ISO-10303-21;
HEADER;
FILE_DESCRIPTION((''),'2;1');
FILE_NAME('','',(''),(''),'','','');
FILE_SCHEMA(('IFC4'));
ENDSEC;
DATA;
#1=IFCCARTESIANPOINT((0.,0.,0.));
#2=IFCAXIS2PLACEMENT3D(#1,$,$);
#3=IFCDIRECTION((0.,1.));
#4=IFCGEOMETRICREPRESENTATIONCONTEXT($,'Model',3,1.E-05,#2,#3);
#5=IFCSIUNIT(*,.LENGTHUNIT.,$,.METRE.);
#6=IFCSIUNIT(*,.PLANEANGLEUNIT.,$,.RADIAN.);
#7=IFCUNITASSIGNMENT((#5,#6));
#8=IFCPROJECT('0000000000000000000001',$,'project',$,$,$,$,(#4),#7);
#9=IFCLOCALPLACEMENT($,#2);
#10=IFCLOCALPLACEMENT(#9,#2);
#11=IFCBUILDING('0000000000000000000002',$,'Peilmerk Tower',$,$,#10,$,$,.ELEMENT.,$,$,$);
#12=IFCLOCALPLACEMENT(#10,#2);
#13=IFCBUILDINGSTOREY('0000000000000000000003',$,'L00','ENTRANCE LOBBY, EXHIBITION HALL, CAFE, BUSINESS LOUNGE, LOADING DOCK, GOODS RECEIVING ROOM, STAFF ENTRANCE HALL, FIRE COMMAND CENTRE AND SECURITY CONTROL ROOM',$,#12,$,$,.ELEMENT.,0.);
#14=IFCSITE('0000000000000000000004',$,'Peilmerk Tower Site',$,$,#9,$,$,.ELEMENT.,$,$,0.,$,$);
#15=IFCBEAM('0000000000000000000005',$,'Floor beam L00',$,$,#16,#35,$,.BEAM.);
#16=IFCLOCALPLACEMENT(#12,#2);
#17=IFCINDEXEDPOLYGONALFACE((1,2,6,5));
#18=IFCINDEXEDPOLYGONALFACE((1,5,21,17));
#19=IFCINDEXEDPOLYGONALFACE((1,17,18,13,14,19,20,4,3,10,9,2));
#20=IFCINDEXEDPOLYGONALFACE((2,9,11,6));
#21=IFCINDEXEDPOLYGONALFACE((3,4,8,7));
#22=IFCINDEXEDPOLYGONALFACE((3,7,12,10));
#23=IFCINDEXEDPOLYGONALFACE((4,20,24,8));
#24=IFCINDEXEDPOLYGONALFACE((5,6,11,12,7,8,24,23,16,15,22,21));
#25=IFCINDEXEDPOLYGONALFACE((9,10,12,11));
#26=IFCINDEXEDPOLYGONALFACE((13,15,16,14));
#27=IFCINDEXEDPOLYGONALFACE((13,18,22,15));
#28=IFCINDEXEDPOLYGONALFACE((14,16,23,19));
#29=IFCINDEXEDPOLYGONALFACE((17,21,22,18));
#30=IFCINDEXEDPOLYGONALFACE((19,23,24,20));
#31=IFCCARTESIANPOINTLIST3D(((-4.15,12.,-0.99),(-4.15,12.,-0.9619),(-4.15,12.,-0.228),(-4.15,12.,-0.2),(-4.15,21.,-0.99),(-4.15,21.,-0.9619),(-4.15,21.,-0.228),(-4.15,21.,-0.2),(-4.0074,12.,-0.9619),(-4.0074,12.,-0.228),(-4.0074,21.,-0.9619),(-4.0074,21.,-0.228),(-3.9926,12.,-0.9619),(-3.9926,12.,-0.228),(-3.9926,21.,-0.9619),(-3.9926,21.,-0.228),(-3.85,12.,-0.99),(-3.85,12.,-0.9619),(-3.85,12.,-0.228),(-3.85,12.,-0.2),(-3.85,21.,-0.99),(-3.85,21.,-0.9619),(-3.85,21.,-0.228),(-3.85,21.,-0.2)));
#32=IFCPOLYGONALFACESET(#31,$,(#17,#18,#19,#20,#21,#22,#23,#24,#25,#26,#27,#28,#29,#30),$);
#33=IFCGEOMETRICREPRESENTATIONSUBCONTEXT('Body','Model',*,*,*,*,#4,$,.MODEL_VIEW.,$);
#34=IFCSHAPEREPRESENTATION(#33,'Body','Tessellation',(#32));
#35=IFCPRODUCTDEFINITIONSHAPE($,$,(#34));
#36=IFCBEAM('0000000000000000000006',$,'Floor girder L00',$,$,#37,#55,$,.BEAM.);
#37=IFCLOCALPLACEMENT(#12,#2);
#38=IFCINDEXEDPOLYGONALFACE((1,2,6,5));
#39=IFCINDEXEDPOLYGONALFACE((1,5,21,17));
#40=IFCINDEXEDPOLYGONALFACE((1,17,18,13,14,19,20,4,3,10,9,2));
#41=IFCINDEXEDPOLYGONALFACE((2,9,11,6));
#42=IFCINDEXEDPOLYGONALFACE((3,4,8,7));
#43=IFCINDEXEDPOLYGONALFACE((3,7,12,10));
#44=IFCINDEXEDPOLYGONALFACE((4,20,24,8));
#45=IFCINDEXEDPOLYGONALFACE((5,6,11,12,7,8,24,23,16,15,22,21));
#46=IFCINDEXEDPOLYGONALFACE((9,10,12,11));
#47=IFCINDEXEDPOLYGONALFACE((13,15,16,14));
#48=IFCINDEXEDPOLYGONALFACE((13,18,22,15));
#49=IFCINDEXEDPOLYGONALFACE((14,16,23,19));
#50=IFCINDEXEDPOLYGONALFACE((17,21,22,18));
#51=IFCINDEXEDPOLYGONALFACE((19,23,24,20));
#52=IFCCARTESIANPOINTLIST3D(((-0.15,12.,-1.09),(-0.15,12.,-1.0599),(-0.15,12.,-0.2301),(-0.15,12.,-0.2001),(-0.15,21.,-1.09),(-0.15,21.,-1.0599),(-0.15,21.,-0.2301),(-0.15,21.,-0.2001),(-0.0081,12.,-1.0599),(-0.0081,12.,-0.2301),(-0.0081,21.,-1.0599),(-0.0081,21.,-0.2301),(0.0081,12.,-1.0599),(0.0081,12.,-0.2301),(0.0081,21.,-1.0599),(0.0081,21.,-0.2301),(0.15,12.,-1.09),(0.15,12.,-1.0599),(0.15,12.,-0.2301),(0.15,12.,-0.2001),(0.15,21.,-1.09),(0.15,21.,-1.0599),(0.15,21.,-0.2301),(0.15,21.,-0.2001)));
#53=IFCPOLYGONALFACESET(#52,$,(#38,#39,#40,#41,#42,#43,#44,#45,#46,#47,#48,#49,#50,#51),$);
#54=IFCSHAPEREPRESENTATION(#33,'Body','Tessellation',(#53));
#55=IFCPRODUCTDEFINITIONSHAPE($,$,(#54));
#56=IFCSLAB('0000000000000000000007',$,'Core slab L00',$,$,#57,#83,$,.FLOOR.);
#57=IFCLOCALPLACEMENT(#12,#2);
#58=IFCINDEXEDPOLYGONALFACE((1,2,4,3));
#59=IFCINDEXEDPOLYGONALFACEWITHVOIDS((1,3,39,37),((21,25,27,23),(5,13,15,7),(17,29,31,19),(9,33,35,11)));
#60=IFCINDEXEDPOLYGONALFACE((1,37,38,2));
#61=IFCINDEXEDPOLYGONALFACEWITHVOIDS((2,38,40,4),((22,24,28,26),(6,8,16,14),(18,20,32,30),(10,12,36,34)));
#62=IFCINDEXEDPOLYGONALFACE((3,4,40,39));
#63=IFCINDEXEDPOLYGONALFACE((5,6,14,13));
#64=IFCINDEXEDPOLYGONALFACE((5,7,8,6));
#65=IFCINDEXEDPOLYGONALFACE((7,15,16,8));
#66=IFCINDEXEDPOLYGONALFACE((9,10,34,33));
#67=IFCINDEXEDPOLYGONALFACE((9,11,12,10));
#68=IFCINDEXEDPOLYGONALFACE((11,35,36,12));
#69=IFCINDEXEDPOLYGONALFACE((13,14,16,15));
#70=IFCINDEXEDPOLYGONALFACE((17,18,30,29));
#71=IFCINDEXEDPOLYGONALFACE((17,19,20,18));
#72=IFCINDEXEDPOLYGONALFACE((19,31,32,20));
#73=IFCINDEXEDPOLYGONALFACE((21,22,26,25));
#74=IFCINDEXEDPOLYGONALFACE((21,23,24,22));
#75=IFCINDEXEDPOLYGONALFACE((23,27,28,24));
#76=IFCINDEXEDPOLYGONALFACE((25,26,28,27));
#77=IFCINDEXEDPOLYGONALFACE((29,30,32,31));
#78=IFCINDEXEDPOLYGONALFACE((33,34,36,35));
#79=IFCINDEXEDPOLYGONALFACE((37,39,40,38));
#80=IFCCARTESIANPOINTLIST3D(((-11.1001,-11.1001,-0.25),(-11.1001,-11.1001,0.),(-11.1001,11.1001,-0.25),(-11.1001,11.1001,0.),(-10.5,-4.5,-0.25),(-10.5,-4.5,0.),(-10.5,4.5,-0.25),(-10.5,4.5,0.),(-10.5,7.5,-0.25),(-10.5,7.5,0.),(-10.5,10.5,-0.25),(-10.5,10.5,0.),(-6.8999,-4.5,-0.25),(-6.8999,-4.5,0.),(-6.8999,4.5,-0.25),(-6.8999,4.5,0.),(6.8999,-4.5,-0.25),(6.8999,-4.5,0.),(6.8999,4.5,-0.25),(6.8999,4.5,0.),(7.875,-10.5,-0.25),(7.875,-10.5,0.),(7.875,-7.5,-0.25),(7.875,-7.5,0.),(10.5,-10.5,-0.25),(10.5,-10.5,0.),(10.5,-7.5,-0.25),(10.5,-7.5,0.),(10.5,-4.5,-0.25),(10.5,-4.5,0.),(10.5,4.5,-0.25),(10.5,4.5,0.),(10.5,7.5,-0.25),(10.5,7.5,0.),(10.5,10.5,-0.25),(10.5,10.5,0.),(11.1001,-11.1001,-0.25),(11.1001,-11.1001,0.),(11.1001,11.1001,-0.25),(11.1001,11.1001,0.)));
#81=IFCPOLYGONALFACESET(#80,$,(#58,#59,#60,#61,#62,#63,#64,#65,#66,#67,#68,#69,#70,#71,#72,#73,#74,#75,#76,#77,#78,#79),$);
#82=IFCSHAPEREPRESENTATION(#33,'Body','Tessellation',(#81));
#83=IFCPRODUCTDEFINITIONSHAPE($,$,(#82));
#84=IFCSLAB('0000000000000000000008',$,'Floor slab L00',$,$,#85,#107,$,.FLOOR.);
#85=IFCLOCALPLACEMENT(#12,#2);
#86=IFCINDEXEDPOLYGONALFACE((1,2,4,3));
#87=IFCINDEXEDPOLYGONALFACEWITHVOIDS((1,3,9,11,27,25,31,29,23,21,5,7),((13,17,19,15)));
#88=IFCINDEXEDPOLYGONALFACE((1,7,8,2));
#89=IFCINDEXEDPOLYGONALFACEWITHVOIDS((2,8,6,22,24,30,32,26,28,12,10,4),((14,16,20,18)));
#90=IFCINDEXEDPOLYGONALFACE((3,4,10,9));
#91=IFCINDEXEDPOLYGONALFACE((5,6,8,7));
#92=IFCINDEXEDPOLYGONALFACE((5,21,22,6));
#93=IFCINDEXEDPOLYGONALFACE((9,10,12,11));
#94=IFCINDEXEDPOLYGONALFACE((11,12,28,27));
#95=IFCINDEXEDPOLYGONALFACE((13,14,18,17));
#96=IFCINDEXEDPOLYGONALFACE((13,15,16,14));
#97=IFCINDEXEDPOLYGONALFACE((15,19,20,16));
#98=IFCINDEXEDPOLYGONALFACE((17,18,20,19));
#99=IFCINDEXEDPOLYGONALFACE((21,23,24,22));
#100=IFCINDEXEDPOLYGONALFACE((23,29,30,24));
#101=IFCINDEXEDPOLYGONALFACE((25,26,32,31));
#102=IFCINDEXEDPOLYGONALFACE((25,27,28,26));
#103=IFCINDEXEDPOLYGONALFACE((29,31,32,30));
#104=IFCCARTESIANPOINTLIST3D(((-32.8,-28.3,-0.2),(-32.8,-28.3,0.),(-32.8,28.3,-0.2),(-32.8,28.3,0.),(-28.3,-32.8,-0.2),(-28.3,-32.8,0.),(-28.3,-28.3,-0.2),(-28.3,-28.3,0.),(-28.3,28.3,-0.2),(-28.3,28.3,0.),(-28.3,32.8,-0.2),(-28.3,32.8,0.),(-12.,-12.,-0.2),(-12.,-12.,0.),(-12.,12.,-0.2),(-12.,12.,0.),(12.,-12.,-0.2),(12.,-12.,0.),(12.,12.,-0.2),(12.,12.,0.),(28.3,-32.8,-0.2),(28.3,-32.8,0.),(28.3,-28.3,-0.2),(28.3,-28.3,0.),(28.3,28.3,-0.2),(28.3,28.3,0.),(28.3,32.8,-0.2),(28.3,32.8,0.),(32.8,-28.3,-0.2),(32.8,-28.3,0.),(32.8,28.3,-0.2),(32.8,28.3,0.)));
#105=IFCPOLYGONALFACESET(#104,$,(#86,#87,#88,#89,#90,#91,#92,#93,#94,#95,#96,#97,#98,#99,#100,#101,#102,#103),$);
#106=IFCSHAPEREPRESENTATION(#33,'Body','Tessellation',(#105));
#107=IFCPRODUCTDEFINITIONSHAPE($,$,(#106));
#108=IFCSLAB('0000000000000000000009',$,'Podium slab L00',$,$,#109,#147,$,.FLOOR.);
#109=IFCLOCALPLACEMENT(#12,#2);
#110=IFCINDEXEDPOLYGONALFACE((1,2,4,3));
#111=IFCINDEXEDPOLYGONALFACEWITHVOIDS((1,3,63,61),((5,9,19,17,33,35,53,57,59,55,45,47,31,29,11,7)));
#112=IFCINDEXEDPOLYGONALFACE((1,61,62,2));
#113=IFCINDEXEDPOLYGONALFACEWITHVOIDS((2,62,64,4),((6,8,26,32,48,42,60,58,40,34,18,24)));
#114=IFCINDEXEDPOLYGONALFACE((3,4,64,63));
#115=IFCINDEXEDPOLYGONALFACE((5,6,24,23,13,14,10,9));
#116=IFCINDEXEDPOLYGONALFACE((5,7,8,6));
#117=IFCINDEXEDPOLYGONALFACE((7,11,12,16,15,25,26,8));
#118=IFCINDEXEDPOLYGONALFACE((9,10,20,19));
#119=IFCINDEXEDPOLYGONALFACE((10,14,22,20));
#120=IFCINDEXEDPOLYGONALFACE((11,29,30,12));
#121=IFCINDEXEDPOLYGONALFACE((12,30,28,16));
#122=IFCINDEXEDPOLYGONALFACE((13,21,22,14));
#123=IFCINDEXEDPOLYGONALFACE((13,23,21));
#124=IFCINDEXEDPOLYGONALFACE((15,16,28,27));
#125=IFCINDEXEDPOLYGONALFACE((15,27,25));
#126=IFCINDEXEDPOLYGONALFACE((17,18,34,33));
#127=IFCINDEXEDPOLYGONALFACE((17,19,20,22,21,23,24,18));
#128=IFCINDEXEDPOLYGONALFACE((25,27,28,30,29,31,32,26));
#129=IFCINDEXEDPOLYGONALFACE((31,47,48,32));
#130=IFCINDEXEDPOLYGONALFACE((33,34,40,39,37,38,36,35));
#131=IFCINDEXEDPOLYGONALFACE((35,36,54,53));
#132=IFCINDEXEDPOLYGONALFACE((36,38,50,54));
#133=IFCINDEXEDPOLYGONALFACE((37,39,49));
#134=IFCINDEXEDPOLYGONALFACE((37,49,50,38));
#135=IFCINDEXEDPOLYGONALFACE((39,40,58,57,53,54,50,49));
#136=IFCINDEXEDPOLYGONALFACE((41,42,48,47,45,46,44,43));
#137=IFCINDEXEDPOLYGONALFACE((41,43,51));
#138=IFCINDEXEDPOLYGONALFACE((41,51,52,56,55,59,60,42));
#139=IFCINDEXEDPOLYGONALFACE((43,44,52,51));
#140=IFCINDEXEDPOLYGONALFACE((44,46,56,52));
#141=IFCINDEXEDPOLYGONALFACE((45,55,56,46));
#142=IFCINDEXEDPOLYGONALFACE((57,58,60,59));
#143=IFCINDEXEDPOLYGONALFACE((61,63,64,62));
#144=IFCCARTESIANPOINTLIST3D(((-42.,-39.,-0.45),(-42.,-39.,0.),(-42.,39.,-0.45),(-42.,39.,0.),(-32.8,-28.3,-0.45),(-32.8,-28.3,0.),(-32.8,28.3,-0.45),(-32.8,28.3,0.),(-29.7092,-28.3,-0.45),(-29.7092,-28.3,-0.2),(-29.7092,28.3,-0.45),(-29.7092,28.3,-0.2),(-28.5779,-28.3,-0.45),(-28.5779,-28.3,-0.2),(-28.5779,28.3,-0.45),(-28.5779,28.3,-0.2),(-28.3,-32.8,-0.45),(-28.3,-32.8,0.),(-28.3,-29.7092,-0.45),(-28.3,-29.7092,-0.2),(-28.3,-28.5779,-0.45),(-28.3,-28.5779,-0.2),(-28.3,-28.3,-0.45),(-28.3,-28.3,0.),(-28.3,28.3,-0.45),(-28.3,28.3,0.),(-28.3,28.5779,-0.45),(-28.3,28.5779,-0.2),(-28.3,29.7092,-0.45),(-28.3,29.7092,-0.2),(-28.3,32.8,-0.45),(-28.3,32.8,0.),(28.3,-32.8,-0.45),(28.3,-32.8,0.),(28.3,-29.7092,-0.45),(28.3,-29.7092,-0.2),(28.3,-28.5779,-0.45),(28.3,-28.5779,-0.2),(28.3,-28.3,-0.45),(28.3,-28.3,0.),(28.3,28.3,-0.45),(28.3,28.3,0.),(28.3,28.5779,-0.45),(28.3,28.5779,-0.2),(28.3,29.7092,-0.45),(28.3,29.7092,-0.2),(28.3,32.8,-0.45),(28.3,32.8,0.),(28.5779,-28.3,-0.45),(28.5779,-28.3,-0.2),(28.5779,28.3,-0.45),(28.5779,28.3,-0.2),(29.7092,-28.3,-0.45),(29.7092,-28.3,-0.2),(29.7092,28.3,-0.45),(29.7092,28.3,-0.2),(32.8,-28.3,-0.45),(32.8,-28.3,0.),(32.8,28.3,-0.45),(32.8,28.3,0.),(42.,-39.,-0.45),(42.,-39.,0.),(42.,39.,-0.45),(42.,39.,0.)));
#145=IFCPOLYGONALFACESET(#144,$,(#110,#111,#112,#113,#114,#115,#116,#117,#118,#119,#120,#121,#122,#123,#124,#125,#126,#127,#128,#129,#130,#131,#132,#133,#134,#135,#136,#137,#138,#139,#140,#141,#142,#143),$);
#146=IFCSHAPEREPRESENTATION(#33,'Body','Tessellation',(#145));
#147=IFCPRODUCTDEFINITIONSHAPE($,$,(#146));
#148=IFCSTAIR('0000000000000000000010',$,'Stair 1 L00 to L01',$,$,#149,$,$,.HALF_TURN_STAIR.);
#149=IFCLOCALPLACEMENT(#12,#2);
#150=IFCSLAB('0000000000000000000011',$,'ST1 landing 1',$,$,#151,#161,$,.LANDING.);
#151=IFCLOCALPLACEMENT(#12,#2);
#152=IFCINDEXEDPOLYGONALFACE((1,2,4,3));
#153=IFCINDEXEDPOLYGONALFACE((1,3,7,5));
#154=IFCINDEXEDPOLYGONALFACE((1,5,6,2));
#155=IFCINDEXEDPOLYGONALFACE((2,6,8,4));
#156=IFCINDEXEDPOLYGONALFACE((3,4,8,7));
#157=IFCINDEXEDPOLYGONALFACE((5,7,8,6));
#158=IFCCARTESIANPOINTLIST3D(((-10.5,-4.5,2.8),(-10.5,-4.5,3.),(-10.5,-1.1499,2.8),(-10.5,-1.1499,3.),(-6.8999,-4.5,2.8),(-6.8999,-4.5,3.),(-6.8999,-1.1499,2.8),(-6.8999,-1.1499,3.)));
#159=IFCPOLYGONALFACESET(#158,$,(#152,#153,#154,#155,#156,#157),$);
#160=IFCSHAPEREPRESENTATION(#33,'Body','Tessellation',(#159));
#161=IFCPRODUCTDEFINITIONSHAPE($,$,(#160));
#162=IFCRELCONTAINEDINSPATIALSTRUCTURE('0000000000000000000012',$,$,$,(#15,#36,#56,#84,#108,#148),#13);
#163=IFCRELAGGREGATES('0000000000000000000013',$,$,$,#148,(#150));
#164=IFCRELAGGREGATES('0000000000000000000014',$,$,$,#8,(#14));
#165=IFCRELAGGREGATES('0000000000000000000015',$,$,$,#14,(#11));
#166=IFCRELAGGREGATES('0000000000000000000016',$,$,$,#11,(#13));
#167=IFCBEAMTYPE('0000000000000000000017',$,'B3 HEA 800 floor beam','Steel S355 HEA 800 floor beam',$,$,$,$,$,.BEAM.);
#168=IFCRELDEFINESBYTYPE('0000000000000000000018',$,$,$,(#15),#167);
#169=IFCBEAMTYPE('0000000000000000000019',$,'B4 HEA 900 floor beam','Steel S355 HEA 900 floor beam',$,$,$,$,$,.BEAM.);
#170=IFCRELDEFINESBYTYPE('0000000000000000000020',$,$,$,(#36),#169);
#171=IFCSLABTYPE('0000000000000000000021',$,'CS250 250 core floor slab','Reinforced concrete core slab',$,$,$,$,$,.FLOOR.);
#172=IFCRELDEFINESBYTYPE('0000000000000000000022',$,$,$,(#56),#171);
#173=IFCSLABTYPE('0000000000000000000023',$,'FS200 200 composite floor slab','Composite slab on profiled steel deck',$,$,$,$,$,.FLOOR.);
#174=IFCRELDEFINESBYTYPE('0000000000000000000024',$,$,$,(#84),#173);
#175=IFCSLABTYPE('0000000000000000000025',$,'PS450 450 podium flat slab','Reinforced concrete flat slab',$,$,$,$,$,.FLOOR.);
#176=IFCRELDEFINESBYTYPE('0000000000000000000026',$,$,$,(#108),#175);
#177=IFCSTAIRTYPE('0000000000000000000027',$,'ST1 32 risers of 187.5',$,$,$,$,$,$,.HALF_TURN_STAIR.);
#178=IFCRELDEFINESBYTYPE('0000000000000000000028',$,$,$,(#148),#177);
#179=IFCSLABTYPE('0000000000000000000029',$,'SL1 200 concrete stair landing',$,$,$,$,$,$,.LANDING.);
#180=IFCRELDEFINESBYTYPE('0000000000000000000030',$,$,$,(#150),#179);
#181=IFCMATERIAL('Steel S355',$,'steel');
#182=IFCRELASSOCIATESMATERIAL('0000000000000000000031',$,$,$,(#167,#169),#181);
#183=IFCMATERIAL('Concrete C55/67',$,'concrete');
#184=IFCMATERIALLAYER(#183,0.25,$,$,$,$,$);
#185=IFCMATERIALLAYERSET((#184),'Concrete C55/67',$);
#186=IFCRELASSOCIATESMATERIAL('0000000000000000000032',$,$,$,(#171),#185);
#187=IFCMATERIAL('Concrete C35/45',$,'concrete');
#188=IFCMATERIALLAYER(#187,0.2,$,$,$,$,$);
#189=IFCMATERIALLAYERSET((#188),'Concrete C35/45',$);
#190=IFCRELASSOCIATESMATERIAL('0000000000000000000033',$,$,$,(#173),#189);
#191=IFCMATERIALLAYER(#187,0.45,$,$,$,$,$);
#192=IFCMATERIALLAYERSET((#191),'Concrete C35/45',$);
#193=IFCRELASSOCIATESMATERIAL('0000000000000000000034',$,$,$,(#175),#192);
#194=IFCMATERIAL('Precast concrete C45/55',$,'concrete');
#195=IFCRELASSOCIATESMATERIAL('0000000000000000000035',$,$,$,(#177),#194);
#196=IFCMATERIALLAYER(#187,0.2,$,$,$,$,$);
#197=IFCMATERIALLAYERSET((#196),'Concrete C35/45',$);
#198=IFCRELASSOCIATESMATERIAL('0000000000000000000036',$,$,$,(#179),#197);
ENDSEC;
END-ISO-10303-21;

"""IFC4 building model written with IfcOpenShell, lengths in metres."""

from ifc_helpers import new_model, si_unit, direction, frame, origin, origin_2d, place, context, subcontext, project, spatial, polyline, i_section, outline, extrude, boolean, material, layer, layer_set, material_profile, profile_set, type_object, element, aggregate, save


model = new_model("IFC4")

# Units and contexts
model_context = context("Model", 3, precision=1e-05, world=origin(), true_north=direction((0.0, 1.0)))
body_context = subcontext(model_context, "Body", "Model", "MODEL_VIEW")
ifc_project = project(units=[si_unit("LENGTHUNIT", "METRE"), si_unit("PLANEANGLEUNIT", "RADIAN")], contexts=[model_context])

# Site, building, storey
site_placement = place(None, origin())
site = spatial("IfcSite", under=ifc_project, at=site_placement, Name="Peilmerk Tower Site", CompositionType="ELEMENT", RefElevation=0.0)
building_placement = place(site_placement, origin())
building = spatial("IfcBuilding", under=site, at=building_placement, Name="Peilmerk Tower", CompositionType="ELEMENT")
storey_placement = place(building_placement, origin())
storey = spatial("IfcBuildingStorey", under=building, at=storey_placement, Name="L00", Description="ENTRANCE LOBBY, EXHIBITION HALL, CAFE, BUSINESS LOUNGE, LOADING DOCK, GOODS RECEIVING ROOM, STAFF ENTRANCE HALL, FIRE COMMAND CENTRE AND SECURITY CONTROL ROOM", CompositionType="ELEMENT", Elevation=0.0)

# Beams
ifc_material_1 = material(Name="Steel S355", Category="steel")
ifc_material_profile_1 = material_profile(ifc_material_1, i_section(OverallWidth=0.3, OverallDepth=0.79, WebThickness=0.0149, FlangeThickness=0.0281, at=origin_2d()), Name="HEA 800")
ifc_profile_set_1 = profile_set([ifc_material_profile_1], Name="Steel S355")
beam_type_1 = type_object("IfcBeamType", Name="B3 HEA 800 floor beam", Description="Steel S355 HEA 800 floor beam", PredefinedType="BEAM", material=ifc_profile_set_1)
beam_1_placement = place(storey_placement, frame((-4.0, 12.0, -0.595), z_axis=(0.0, 1.0, 0.0), x_axis=(-1.0, 0.0, 0.0)))
element("IfcBeam", 1, at=beam_1_placement, inside=storey, type_object=beam_type_1, Name="Floor beam L00", PredefinedType="BEAM", context=body_context, shape_type="SweptSolid", body=[
    extrude(i_section(OverallWidth=0.3, OverallDepth=0.79, WebThickness=0.0149, FlangeThickness=0.0281, at=origin_2d()), origin(), (0.0, 0.0, 1.0), 9.0),
])
ifc_material_profile_2 = material_profile(ifc_material_1, i_section(OverallWidth=0.3, OverallDepth=0.8899, WebThickness=0.0161, FlangeThickness=0.03, at=origin_2d()), Name="HEA 900")
ifc_profile_set_2 = profile_set([ifc_material_profile_2], Name="Steel S355")
beam_type_2 = type_object("IfcBeamType", Name="B4 HEA 900 floor beam", Description="Steel S355 HEA 900 floor beam", PredefinedType="BEAM", material=ifc_profile_set_2)
beam_2_placement = place(storey_placement, frame((0.0, 12.0, -0.645), z_axis=(0.0, 1.0, 0.0), x_axis=(-1.0, 0.0, 0.0)))
element("IfcBeam", 2, at=beam_2_placement, inside=storey, type_object=beam_type_2, Name="Floor girder L00", PredefinedType="BEAM", context=body_context, shape_type="SweptSolid", body=[
    extrude(i_section(OverallWidth=0.3, OverallDepth=0.8899, WebThickness=0.0161, FlangeThickness=0.03, at=origin_2d()), origin(), (0.0, 0.0, 1.0), 9.0),
])

# Slabs
ifc_material_2 = material(Name="Concrete C55/67", Category="concrete")
ifc_layer_1 = layer(ifc_material_2, 0.25)
ifc_layer_set_1 = layer_set([ifc_layer_1], Name="Concrete C55/67")
slab_type_1 = type_object("IfcSlabType", Name="CS250 250 core floor slab", Description="Reinforced concrete core slab", PredefinedType="FLOOR", material=ifc_layer_set_1)
slab_1_placement = place(storey_placement, frame((0.0, 0.0, -0.25)))
element("IfcSlab", 3, at=slab_1_placement, inside=storey, type_object=slab_type_1, Name="Core slab L00", PredefinedType="FLOOR", context=body_context, shape_type="SweptSolid", body=[
    extrude(outline(polyline([(-11.1001, 11.1001), (-11.1001, -11.1001), (11.1001, -11.1001), (11.1001, 11.1001), (-11.1001, 11.1001)]), holes=[polyline([(10.5, 7.5), (-10.5, 7.5), (-10.5, 10.5), (10.5, 10.5), (10.5, 7.5)]), polyline([(7.875, -10.5), (7.875, -7.5), (10.5, -7.5), (10.5, -10.5), (7.875, -10.5)]), polyline([(-10.5, 4.5), (-6.8999, 4.5), (-6.8999, -4.5), (-10.5, -4.5), (-10.5, 4.5)]), polyline([(10.5, 4.5), (10.5, -4.5), (6.8999, -4.5), (6.8999, 4.5), (10.5, 4.5)])]), origin(), (0.0, 0.0, 1.0), 0.25),
])
ifc_material_3 = material(Name="Concrete C35/45", Category="concrete")
ifc_layer_2 = layer(ifc_material_3, 0.2)
ifc_layer_set_2 = layer_set([ifc_layer_2], Name="Concrete C35/45")
slab_type_2 = type_object("IfcSlabType", Name="FS200 200 composite floor slab", Description="Composite slab on profiled steel deck", PredefinedType="FLOOR", material=ifc_layer_set_2)
slab_2_placement = place(storey_placement, frame((0.0, 0.0, -0.2)))
element("IfcSlab", 4, at=slab_2_placement, inside=storey, type_object=slab_type_2, Name="Floor slab L00", PredefinedType="FLOOR", context=body_context, shape_type="SweptSolid", body=[
    extrude(outline(polyline([(-28.3, -32.8), (28.3, -32.8), (28.3, -28.3), (32.8, -28.3), (32.8, 28.3), (28.3, 28.3), (28.3, 32.8), (-28.3, 32.8), (-28.3, 28.3), (-32.8, 28.3), (-32.8, -28.3), (-28.3, -28.3), (-28.3, -32.8)]), holes=[polyline([(12.0, 12.0), (12.0, -12.0), (-12.0, -12.0), (-12.0, 12.0), (12.0, 12.0)])]), origin(), (0.0, 0.0, 1.0), 0.2),
])
ifc_layer_3 = layer(ifc_material_3, 0.45)
ifc_layer_set_3 = layer_set([ifc_layer_3], Name="Concrete C35/45")
slab_type_3 = type_object("IfcSlabType", Name="PS450 450 podium flat slab", Description="Reinforced concrete flat slab", PredefinedType="FLOOR", material=ifc_layer_set_3)
slab_3_placement = place(storey_placement, frame((0.0, 0.0, -0.45)))
element("IfcSlab", 5, at=slab_3_placement, inside=storey, type_object=slab_type_3, Name="Podium slab L00", PredefinedType="FLOOR", context=body_context, shape_type="CSG", body=[
    boolean("DIFFERENCE", boolean("DIFFERENCE", boolean("DIFFERENCE", boolean("DIFFERENCE", extrude(outline(polyline([(-42.0, 39.0), (-42.0, -39.0), (42.0, -39.0), (42.0, 39.0), (-42.0, 39.0)]), holes=[polyline([(28.3, -28.3), (28.3, -32.8), (-28.3, -32.8), (-28.3, -28.3), (-32.8, -28.3), (-32.8, 28.3), (-28.3, 28.3), (-28.3, 32.8), (28.3, 32.8), (28.3, 28.3), (32.8, 28.3), (32.8, -28.3), (28.3, -28.3)])]), origin(), (0.0, 0.0, 1.0), 0.45), extrude(outline(polyline([(28.5779, 28.3), (28.3, 28.5779), (28.3, 29.7092), (29.7092, 28.3), (28.5779, 28.3)])), frame((0.0, 0.0, -0.01)), (0.0, 0.0, 1.0), 0.26)), extrude(outline(polyline([(29.7092, -28.3), (28.3, -29.7092), (28.3, -28.5779), (28.5779, -28.3), (29.7092, -28.3)])), frame((0.0, 0.0, -0.01)), (0.0, 0.0, 1.0), 0.26)), extrude(outline(polyline([(-28.5779, -28.3), (-28.3, -28.5779), (-28.3, -29.7092), (-29.7092, -28.3), (-28.5779, -28.3)])), frame((0.0, 0.0, -0.01)), (0.0, 0.0, 1.0), 0.26)), extrude(outline(polyline([(-28.3, 28.5779), (-28.5779, 28.3), (-29.7092, 28.3), (-28.3, 29.7092), (-28.3, 28.5779)])), frame((0.0, 0.0, -0.01)), (0.0, 0.0, 1.0), 0.26)),
])

# Stair, slab
ifc_material_4 = material(Name="Precast concrete C45/55", Category="concrete")
stair_type = type_object("IfcStairType", Name="ST1 32 risers of 187.5", PredefinedType="HALF_TURN_STAIR", material=ifc_material_4)
stair_placement = place(storey_placement, origin())
stair = element("IfcStair", 6, at=stair_placement, inside=storey, type_object=stair_type, Name="Stair 1 L00 to L01", PredefinedType="HALF_TURN_STAIR")
ifc_layer_4 = layer(ifc_material_3, 0.2)
ifc_layer_set_4 = layer_set([ifc_layer_4], Name="Concrete C35/45")
slab_type_4 = type_object("IfcSlabType", Name="SL1 200 concrete stair landing", PredefinedType="LANDING", material=ifc_layer_set_4)
slab_4_placement = place(storey_placement, frame((0.0, 0.0, 2.8)))
slab_4 = element("IfcSlab", 7, at=slab_4_placement, type_object=slab_type_4, Name="ST1 landing 1", PredefinedType="LANDING", context=body_context, shape_type="SweptSolid", body=[
    extrude(outline(polyline([(-10.5, -4.5), (-6.8999, -4.5), (-6.8999, -1.1499), (-10.5, -1.1499), (-10.5, -4.5)])), origin(), (0.0, 0.0, 1.0), 0.2),
])
aggregate(stair, [slab_4])

save(model, "model.ifc")
